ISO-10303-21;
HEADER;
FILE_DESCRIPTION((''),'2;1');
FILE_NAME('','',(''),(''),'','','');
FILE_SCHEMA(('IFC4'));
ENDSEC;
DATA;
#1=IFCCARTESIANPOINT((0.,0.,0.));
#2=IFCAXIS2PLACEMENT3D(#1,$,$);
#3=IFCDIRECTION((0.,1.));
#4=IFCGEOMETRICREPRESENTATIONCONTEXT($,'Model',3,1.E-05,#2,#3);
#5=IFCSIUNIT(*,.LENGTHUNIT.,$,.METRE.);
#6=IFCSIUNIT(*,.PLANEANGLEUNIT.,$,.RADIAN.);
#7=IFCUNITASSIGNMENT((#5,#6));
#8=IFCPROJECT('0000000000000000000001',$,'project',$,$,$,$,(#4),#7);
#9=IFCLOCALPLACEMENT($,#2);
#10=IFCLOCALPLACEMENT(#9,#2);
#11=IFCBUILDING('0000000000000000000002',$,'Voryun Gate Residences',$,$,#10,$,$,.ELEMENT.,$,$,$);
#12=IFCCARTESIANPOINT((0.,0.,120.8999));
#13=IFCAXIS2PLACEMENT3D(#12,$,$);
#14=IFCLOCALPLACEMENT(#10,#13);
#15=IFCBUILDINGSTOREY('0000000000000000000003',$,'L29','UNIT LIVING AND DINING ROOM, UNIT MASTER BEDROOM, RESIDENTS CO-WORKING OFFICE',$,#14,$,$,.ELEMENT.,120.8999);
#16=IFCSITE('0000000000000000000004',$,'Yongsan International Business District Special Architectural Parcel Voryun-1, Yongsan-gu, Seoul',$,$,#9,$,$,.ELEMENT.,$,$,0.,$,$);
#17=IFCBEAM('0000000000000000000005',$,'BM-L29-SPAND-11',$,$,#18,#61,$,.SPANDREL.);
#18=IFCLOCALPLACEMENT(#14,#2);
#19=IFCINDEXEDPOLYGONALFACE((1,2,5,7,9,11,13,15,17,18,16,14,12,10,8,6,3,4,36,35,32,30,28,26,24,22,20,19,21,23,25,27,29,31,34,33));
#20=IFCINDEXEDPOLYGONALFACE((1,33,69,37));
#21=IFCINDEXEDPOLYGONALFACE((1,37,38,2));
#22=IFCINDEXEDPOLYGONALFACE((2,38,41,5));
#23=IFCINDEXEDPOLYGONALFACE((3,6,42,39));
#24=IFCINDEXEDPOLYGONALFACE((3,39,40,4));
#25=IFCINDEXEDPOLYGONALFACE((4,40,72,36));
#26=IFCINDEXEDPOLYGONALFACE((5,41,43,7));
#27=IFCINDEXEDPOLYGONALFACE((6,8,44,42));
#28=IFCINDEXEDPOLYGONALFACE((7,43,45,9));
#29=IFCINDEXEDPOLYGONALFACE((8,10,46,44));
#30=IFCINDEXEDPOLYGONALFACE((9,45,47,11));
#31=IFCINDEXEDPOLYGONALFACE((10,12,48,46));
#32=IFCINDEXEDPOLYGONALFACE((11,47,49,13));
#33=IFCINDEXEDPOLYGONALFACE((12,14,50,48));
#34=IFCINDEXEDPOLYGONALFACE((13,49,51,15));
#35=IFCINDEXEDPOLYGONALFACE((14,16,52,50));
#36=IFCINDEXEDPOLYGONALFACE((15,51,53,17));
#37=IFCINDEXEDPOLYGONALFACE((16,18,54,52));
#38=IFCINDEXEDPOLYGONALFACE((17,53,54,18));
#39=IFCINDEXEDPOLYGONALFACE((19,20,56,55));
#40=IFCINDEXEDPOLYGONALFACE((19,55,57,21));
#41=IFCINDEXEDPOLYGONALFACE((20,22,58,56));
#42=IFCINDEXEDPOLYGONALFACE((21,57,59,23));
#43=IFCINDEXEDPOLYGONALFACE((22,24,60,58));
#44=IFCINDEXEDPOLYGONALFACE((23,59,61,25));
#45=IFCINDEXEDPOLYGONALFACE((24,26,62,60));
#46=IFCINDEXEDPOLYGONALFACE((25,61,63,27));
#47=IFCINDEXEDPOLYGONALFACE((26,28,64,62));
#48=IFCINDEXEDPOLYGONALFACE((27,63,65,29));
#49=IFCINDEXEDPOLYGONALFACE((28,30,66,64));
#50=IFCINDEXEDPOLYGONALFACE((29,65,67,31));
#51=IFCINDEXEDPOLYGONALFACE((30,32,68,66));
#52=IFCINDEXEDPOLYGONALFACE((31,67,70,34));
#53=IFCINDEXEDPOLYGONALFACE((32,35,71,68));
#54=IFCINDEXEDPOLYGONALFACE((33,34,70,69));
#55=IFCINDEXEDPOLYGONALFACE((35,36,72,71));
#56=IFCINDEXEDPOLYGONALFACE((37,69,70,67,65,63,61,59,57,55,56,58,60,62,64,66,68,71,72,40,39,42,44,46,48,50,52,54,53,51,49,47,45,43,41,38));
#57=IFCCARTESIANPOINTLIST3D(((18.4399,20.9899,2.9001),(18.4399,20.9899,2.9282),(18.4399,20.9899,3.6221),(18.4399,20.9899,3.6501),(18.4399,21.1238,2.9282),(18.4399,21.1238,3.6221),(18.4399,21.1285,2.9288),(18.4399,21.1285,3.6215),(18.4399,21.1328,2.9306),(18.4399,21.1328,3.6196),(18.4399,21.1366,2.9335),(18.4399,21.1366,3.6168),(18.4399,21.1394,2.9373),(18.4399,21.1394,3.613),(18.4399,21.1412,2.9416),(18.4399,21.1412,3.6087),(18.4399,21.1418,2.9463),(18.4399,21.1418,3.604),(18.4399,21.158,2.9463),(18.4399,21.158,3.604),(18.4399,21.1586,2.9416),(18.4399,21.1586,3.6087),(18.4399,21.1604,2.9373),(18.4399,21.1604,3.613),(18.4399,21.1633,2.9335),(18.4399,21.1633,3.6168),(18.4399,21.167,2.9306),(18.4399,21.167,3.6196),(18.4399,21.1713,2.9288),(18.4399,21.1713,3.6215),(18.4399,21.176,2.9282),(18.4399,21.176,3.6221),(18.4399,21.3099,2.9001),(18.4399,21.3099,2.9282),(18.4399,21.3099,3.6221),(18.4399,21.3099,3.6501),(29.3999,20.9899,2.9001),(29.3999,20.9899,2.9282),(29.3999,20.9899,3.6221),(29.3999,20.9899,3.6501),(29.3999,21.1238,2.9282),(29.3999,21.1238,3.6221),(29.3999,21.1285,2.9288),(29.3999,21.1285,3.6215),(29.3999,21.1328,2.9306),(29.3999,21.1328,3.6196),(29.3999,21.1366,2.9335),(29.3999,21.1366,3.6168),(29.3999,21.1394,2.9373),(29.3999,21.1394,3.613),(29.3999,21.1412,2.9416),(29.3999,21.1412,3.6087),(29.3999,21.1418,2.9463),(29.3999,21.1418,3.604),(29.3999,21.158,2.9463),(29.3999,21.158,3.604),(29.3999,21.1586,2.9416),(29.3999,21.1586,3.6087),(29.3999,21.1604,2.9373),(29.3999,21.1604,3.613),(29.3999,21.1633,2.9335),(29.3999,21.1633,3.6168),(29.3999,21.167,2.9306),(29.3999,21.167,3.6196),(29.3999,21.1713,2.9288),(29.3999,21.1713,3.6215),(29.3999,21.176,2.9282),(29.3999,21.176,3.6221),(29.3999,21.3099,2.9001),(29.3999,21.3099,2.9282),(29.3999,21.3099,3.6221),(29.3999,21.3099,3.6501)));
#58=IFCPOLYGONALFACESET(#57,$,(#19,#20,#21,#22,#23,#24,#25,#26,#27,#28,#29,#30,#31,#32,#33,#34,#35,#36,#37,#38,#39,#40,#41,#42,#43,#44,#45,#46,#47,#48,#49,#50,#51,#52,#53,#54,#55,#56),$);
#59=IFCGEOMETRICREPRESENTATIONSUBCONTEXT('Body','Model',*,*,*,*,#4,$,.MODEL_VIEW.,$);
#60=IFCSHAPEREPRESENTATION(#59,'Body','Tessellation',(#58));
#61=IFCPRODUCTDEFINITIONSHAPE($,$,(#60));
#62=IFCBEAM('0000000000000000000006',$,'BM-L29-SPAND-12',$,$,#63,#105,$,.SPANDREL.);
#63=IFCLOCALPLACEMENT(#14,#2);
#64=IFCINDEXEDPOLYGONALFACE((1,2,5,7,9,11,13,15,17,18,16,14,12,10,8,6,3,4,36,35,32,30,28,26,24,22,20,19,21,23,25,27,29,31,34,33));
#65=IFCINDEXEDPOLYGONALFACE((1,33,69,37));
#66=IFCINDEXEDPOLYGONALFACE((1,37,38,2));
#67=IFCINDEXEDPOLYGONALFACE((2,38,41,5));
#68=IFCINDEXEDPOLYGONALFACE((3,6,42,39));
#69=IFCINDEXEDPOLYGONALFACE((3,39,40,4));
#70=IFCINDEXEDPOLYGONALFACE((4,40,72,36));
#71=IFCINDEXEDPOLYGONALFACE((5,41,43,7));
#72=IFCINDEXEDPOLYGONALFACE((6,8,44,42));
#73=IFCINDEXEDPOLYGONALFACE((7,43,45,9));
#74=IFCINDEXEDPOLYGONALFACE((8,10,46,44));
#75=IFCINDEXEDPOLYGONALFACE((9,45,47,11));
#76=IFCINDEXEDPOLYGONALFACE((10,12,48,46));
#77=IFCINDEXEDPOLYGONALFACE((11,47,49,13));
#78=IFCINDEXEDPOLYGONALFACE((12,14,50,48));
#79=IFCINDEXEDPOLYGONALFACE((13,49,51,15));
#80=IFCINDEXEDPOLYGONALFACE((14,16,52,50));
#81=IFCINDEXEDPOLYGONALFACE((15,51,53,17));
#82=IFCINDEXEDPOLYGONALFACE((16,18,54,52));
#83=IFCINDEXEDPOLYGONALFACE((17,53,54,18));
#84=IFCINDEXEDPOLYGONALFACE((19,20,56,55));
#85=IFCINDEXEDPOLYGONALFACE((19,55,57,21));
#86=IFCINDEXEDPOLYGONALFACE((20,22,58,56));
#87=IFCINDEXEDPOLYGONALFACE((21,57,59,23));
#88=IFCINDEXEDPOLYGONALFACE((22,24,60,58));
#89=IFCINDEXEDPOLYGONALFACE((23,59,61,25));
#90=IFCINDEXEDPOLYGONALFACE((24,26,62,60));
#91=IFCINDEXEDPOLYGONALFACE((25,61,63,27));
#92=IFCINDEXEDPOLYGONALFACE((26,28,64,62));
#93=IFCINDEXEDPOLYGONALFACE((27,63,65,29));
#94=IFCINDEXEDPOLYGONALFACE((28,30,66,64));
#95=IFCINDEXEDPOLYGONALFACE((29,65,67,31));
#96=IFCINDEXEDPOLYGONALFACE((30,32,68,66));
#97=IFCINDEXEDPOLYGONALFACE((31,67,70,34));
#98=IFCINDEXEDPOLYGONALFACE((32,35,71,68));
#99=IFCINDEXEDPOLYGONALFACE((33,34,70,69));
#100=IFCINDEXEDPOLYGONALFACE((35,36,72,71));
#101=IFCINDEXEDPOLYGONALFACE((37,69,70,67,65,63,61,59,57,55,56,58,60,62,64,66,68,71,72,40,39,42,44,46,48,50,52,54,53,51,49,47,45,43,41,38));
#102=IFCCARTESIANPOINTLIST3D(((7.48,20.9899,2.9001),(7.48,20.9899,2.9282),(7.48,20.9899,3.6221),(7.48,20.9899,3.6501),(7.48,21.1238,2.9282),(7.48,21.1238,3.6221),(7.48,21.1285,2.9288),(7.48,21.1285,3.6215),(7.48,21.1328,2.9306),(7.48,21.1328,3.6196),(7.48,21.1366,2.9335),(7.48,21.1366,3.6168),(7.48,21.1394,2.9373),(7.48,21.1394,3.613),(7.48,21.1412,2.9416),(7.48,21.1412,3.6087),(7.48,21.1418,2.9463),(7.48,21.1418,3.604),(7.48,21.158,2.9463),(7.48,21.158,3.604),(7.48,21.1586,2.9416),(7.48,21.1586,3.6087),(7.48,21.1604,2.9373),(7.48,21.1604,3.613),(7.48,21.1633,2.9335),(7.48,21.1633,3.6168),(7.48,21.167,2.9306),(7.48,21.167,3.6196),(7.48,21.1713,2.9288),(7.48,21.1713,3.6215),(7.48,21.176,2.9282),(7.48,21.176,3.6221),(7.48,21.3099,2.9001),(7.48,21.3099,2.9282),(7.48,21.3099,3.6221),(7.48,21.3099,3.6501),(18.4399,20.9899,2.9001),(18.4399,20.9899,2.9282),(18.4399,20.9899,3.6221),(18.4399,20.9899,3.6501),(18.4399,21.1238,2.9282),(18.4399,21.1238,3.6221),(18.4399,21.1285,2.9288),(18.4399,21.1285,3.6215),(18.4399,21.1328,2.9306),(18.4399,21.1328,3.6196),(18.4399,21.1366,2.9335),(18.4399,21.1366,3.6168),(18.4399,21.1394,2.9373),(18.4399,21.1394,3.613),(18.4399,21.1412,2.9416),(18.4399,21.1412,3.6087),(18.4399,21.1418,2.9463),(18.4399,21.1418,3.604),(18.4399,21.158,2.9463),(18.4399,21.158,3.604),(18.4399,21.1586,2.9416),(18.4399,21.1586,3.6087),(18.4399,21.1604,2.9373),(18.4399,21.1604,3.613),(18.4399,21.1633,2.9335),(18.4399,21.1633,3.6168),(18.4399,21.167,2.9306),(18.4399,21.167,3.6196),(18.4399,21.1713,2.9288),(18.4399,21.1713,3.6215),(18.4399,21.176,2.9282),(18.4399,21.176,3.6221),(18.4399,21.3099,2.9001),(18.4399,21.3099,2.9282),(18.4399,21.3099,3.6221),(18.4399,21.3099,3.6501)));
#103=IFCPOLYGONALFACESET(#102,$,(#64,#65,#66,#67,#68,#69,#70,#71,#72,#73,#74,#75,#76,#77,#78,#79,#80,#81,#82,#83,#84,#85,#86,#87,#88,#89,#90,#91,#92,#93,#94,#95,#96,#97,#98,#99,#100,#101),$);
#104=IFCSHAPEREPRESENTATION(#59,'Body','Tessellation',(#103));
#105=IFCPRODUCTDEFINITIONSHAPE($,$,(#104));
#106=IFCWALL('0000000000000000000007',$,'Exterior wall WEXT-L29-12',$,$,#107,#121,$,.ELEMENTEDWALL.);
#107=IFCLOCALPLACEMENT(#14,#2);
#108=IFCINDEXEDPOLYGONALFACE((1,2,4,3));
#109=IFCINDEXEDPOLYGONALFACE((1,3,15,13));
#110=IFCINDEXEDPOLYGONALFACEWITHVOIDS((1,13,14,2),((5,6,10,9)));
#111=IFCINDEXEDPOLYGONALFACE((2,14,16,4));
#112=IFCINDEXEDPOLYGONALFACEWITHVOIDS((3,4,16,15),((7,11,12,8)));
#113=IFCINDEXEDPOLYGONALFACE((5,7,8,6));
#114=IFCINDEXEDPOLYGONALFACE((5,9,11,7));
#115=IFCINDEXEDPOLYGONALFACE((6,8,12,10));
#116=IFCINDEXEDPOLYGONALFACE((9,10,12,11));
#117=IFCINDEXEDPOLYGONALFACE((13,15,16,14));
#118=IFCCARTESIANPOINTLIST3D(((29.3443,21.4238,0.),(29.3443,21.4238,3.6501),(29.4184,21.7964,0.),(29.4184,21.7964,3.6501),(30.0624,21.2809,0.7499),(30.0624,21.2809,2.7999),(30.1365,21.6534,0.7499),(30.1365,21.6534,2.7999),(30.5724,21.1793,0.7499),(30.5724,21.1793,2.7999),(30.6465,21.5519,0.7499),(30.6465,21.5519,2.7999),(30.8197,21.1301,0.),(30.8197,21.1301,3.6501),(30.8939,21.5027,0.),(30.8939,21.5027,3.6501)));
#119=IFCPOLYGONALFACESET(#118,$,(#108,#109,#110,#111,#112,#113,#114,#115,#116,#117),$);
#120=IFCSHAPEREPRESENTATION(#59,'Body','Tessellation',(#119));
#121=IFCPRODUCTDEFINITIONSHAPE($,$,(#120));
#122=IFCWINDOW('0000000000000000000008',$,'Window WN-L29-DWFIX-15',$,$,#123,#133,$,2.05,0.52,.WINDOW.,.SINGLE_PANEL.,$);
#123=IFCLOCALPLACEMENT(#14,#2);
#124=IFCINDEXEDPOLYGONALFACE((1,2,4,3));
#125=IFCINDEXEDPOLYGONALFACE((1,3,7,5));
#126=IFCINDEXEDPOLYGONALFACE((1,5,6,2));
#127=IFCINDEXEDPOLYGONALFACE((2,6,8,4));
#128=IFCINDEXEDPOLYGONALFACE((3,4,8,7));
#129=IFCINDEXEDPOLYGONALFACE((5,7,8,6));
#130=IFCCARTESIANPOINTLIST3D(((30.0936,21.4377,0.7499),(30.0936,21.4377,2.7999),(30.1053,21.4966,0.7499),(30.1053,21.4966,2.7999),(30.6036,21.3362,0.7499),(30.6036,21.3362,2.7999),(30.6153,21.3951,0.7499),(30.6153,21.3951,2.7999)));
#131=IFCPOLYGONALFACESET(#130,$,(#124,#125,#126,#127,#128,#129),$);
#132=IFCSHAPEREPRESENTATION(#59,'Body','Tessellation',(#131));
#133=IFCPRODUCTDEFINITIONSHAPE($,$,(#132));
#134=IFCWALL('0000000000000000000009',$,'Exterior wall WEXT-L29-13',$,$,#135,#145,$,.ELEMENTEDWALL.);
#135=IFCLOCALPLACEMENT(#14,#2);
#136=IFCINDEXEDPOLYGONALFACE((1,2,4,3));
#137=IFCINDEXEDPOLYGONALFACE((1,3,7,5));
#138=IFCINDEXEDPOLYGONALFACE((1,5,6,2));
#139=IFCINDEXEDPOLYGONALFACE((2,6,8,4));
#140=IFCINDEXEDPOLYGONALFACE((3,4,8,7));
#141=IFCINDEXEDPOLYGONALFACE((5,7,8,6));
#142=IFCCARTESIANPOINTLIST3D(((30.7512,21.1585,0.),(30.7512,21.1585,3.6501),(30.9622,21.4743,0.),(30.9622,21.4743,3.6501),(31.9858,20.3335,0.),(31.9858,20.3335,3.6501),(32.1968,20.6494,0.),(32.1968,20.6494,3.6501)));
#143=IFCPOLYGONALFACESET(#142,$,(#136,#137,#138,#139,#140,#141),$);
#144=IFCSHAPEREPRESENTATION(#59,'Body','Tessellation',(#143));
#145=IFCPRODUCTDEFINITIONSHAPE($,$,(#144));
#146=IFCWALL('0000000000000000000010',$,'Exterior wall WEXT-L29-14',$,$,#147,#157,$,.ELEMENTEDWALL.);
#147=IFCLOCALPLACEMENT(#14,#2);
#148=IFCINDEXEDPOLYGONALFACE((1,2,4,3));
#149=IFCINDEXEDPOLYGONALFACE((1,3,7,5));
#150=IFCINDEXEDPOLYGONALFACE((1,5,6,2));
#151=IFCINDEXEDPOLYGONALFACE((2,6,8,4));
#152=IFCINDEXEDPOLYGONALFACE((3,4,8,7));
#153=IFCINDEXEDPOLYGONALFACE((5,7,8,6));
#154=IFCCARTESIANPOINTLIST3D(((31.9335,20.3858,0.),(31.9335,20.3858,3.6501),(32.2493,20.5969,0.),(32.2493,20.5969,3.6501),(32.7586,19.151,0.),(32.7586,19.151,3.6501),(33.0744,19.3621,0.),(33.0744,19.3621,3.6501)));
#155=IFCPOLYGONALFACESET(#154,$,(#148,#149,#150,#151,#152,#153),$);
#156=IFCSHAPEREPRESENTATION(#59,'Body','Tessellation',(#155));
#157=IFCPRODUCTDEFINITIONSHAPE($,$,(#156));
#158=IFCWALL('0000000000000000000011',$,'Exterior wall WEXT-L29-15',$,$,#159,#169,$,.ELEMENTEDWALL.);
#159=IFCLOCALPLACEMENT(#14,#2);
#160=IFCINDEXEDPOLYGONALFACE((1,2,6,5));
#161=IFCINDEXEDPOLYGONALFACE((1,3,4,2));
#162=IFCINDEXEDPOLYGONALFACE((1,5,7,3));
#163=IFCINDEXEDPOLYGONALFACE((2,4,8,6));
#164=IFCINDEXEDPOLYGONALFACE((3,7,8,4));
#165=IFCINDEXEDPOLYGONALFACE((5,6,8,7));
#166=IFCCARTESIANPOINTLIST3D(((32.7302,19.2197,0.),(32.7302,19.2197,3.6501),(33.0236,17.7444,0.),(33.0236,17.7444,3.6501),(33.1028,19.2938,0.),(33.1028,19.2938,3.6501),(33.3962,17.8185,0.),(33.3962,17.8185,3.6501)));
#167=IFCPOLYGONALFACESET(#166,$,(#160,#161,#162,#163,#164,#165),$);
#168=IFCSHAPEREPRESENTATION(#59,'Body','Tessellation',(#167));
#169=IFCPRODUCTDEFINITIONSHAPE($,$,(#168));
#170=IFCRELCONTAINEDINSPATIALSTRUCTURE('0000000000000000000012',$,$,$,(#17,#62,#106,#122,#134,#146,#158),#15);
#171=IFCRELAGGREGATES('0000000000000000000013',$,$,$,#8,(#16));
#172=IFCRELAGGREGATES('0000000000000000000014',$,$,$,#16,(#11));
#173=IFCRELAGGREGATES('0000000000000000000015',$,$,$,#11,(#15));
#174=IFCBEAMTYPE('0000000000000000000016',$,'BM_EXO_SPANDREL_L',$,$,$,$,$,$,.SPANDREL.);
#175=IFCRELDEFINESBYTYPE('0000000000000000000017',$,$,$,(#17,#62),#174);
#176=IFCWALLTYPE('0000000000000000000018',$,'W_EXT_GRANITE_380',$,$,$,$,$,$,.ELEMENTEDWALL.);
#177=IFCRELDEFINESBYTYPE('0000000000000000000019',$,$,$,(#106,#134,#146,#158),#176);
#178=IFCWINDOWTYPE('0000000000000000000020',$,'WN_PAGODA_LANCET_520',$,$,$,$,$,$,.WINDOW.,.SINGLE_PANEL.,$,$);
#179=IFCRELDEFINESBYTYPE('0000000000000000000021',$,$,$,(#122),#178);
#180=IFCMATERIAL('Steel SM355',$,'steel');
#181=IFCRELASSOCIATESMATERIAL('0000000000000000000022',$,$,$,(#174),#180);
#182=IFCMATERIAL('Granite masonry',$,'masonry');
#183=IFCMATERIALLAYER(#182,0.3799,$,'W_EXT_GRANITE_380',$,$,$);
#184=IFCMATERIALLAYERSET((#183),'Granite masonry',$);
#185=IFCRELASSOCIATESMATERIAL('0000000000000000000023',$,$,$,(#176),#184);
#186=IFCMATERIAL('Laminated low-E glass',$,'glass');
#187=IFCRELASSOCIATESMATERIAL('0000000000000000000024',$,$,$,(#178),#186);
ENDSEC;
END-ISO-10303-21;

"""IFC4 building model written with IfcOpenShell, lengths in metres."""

from ifc_helpers import new_model, si_unit, direction, frame, frame_2d, origin, origin_2d, place, context, subcontext, project, spatial, rectangle, i_section, extrude, material, layer, layer_set, material_profile, profile_set, type_object, element, fill, save


model = new_model("IFC4")

# Units and contexts
model_context = context("Model", 3, precision=1e-05, world=origin(), true_north=direction((0.0, 1.0)))
body_context = subcontext(model_context, "Body", "Model", "MODEL_VIEW")
ifc_project = project(units=[si_unit("LENGTHUNIT", "METRE"), si_unit("PLANEANGLEUNIT", "RADIAN")], contexts=[model_context])

# Site, building, storey
site_placement = place(None, origin())
site = spatial("IfcSite", under=ifc_project, at=site_placement, Name="Yongsan International Business District Special Architectural Parcel Voryun-1, Yongsan-gu, Seoul", CompositionType="ELEMENT", RefElevation=0.0)
building_placement = place(site_placement, origin())
building = spatial("IfcBuilding", under=site, at=building_placement, Name="Voryun Gate Residences", CompositionType="ELEMENT")
storey_placement = place(building_placement, frame((0.0, 0.0, 120.8999)))
storey = spatial("IfcBuildingStorey", under=building, at=storey_placement, Name="L29", Description="UNIT LIVING AND DINING ROOM, UNIT MASTER BEDROOM, RESIDENTS CO-WORKING OFFICE", CompositionType="ELEMENT", Elevation=120.8999)

# Beams
ifc_material_1 = material(Name="Steel SM355", Category="steel")
ifc_material_profile_1 = material_profile(ifc_material_1, i_section(OverallWidth=0.3201, OverallDepth=0.75, WebThickness=0.0161, FlangeThickness=0.0281, FilletRadius=0.0181, at=origin_2d()), Name="H-750x320x16x28")
ifc_profile_set_1 = profile_set([ifc_material_profile_1], Name="Steel SM355")
beam_type = type_object("IfcBeamType", Name="BM_EXO_SPANDREL_L", PredefinedType="SPANDREL", material=ifc_profile_set_1)
for number, where, z_axis, x_axis, name in (
    (1, (29.3999, 21.1499, 3.2751), (-1.0, 0.0, 0.0), (0.0, -1.0, 0.0), "BM-L29-SPAND-11"),
    (2, (18.4399, 21.1499, 3.2751), (-1.0, 0.0, 0.0), (0.0, -1.0, 0.0), "BM-L29-SPAND-12"),
):
    element("IfcBeam", number, at=place(storey_placement, frame(where, z_axis=z_axis, x_axis=x_axis)), inside=storey, type_object=beam_type, Name=name, PredefinedType="SPANDREL", context=body_context, shape_type="SweptSolid", body=[
        extrude(i_section(OverallWidth=0.3201, OverallDepth=0.75, WebThickness=0.0161, FlangeThickness=0.0281, FilletRadius=0.0181, at=origin_2d()), origin(), (0.0, 0.0, 1.0), 10.96),
    ])

# Wall, opening, window
ifc_material_2 = material(Name="Granite masonry", Category="masonry")
ifc_layer_1 = layer(ifc_material_2, 0.3799, Name="W_EXT_GRANITE_380")
ifc_layer_set_1 = layer_set([ifc_layer_1], Name="Granite masonry")
wall_type_1 = type_object("IfcWallType", Name="W_EXT_GRANITE_380", PredefinedType="ELEMENTEDWALL", material=ifc_layer_set_1)
wall_1_placement = place(storey_placement, frame((29.3813, 21.6101, 0.0), z_axis=(0.0, 0.0, 1.0), x_axis=(0.980755, -0.195242, 0.0)))
wall_1 = element("IfcWall", 3, at=wall_1_placement, inside=storey, type_object=wall_type_1, Name="Exterior wall WEXT-L29-12", PredefinedType="ELEMENTEDWALL", context=body_context, shape_type="SweptSolid", body=[
    extrude(rectangle(XDim=1.5044, YDim=0.3799, at=frame_2d((0.7522, 0.0))), origin(), (0.0, 0.0, 1.0), 3.6501),
])
opening_1_placement = place(wall_1_placement, frame((0.7322, 0.0, 0.75)))
opening_1 = element("IfcOpeningElement", 4, at=opening_1_placement, cuts=wall_1, PredefinedType="OPENING", context=body_context, shape_type="SweptSolid", body=[
    extrude(rectangle(XDim=0.52, YDim=2.05, at=frame_2d((0.26, 1.0249))), frame((0.0, 0.2, 0.0), z_axis=(0.0, -1.0, 0.0), x_axis=(1.0, 0.0, 0.0)), (0.0, 0.0, 1.0), 0.3999),
])
ifc_material_3 = material(Name="Laminated low-E glass", Category="glass")
window_type_1 = type_object("IfcWindowType", Name="WN_PAGODA_LANCET_520", PartitioningType="SINGLE_PANEL", PredefinedType="WINDOW", material=ifc_material_3)
window_1_placement = place(opening_1_placement, origin())
window_1 = element("IfcWindow", 5, at=window_1_placement, inside=storey, type_object=window_type_1, Name="Window WN-L29-DWFIX-15", OverallHeight=2.05, OverallWidth=0.52, PartitioningType="SINGLE_PANEL", PredefinedType="WINDOW", context=body_context, shape_type="SweptSolid", body=[
    extrude(rectangle(XDim=0.52, YDim=2.05, at=frame_2d((0.26, 1.0249))), frame((0.0, 0.03, 0.0), z_axis=(0.0, -1.0, 0.0), x_axis=(1.0, 0.0, 0.0)), (0.0, 0.0, 1.0), 0.0601),
])
fill(opening_1, window_1)

# Walls
wall_2_placement = place(storey_placement, frame((30.8567, 21.3164, 0.0), z_axis=(0.0, 0.0, 1.0), x_axis=(0.831468, -0.555573, 0.0)))
element("IfcWall", 6, at=wall_2_placement, inside=storey, type_object=wall_type_1, Name="Exterior wall WEXT-L29-13", PredefinedType="ELEMENTEDWALL", context=body_context, shape_type="SweptSolid", body=[
    extrude(rectangle(XDim=1.4849, YDim=0.3799, at=frame_2d((0.7424, 0.0))), origin(), (0.0, 0.0, 1.0), 3.6501),
])
wall_3_placement = place(storey_placement, frame((32.0913, 20.4915, 0.0), z_axis=(0.0, 0.0, 1.0), x_axis=(0.55561, -0.831443, 0.0)))
element("IfcWall", 7, at=wall_3_placement, inside=storey, type_object=wall_type_1, Name="Exterior wall WEXT-L29-14", PredefinedType="ELEMENTEDWALL", context=body_context, shape_type="SweptSolid", body=[
    extrude(rectangle(XDim=1.4851, YDim=0.3799, at=frame_2d((0.7427, 0.0))), origin(), (0.0, 0.0, 1.0), 3.6501),
])
wall_4_placement = place(storey_placement, frame((32.9165, 19.2566, 0.0), z_axis=(0.0, 0.0, 1.0), x_axis=(0.195086, -0.980786, 0.0)))
element("IfcWall", 8, at=wall_4_placement, inside=storey, type_object=wall_type_1, Name="Exterior wall WEXT-L29-15", PredefinedType="ELEMENTEDWALL", context=body_context, shape_type="SweptSolid", body=[
    extrude(rectangle(XDim=1.5042, YDim=0.3799, at=frame_2d((0.752, 0.0))), origin(), (0.0, 0.0, 1.0), 3.6501),
])

save(model, "model.ifc")
